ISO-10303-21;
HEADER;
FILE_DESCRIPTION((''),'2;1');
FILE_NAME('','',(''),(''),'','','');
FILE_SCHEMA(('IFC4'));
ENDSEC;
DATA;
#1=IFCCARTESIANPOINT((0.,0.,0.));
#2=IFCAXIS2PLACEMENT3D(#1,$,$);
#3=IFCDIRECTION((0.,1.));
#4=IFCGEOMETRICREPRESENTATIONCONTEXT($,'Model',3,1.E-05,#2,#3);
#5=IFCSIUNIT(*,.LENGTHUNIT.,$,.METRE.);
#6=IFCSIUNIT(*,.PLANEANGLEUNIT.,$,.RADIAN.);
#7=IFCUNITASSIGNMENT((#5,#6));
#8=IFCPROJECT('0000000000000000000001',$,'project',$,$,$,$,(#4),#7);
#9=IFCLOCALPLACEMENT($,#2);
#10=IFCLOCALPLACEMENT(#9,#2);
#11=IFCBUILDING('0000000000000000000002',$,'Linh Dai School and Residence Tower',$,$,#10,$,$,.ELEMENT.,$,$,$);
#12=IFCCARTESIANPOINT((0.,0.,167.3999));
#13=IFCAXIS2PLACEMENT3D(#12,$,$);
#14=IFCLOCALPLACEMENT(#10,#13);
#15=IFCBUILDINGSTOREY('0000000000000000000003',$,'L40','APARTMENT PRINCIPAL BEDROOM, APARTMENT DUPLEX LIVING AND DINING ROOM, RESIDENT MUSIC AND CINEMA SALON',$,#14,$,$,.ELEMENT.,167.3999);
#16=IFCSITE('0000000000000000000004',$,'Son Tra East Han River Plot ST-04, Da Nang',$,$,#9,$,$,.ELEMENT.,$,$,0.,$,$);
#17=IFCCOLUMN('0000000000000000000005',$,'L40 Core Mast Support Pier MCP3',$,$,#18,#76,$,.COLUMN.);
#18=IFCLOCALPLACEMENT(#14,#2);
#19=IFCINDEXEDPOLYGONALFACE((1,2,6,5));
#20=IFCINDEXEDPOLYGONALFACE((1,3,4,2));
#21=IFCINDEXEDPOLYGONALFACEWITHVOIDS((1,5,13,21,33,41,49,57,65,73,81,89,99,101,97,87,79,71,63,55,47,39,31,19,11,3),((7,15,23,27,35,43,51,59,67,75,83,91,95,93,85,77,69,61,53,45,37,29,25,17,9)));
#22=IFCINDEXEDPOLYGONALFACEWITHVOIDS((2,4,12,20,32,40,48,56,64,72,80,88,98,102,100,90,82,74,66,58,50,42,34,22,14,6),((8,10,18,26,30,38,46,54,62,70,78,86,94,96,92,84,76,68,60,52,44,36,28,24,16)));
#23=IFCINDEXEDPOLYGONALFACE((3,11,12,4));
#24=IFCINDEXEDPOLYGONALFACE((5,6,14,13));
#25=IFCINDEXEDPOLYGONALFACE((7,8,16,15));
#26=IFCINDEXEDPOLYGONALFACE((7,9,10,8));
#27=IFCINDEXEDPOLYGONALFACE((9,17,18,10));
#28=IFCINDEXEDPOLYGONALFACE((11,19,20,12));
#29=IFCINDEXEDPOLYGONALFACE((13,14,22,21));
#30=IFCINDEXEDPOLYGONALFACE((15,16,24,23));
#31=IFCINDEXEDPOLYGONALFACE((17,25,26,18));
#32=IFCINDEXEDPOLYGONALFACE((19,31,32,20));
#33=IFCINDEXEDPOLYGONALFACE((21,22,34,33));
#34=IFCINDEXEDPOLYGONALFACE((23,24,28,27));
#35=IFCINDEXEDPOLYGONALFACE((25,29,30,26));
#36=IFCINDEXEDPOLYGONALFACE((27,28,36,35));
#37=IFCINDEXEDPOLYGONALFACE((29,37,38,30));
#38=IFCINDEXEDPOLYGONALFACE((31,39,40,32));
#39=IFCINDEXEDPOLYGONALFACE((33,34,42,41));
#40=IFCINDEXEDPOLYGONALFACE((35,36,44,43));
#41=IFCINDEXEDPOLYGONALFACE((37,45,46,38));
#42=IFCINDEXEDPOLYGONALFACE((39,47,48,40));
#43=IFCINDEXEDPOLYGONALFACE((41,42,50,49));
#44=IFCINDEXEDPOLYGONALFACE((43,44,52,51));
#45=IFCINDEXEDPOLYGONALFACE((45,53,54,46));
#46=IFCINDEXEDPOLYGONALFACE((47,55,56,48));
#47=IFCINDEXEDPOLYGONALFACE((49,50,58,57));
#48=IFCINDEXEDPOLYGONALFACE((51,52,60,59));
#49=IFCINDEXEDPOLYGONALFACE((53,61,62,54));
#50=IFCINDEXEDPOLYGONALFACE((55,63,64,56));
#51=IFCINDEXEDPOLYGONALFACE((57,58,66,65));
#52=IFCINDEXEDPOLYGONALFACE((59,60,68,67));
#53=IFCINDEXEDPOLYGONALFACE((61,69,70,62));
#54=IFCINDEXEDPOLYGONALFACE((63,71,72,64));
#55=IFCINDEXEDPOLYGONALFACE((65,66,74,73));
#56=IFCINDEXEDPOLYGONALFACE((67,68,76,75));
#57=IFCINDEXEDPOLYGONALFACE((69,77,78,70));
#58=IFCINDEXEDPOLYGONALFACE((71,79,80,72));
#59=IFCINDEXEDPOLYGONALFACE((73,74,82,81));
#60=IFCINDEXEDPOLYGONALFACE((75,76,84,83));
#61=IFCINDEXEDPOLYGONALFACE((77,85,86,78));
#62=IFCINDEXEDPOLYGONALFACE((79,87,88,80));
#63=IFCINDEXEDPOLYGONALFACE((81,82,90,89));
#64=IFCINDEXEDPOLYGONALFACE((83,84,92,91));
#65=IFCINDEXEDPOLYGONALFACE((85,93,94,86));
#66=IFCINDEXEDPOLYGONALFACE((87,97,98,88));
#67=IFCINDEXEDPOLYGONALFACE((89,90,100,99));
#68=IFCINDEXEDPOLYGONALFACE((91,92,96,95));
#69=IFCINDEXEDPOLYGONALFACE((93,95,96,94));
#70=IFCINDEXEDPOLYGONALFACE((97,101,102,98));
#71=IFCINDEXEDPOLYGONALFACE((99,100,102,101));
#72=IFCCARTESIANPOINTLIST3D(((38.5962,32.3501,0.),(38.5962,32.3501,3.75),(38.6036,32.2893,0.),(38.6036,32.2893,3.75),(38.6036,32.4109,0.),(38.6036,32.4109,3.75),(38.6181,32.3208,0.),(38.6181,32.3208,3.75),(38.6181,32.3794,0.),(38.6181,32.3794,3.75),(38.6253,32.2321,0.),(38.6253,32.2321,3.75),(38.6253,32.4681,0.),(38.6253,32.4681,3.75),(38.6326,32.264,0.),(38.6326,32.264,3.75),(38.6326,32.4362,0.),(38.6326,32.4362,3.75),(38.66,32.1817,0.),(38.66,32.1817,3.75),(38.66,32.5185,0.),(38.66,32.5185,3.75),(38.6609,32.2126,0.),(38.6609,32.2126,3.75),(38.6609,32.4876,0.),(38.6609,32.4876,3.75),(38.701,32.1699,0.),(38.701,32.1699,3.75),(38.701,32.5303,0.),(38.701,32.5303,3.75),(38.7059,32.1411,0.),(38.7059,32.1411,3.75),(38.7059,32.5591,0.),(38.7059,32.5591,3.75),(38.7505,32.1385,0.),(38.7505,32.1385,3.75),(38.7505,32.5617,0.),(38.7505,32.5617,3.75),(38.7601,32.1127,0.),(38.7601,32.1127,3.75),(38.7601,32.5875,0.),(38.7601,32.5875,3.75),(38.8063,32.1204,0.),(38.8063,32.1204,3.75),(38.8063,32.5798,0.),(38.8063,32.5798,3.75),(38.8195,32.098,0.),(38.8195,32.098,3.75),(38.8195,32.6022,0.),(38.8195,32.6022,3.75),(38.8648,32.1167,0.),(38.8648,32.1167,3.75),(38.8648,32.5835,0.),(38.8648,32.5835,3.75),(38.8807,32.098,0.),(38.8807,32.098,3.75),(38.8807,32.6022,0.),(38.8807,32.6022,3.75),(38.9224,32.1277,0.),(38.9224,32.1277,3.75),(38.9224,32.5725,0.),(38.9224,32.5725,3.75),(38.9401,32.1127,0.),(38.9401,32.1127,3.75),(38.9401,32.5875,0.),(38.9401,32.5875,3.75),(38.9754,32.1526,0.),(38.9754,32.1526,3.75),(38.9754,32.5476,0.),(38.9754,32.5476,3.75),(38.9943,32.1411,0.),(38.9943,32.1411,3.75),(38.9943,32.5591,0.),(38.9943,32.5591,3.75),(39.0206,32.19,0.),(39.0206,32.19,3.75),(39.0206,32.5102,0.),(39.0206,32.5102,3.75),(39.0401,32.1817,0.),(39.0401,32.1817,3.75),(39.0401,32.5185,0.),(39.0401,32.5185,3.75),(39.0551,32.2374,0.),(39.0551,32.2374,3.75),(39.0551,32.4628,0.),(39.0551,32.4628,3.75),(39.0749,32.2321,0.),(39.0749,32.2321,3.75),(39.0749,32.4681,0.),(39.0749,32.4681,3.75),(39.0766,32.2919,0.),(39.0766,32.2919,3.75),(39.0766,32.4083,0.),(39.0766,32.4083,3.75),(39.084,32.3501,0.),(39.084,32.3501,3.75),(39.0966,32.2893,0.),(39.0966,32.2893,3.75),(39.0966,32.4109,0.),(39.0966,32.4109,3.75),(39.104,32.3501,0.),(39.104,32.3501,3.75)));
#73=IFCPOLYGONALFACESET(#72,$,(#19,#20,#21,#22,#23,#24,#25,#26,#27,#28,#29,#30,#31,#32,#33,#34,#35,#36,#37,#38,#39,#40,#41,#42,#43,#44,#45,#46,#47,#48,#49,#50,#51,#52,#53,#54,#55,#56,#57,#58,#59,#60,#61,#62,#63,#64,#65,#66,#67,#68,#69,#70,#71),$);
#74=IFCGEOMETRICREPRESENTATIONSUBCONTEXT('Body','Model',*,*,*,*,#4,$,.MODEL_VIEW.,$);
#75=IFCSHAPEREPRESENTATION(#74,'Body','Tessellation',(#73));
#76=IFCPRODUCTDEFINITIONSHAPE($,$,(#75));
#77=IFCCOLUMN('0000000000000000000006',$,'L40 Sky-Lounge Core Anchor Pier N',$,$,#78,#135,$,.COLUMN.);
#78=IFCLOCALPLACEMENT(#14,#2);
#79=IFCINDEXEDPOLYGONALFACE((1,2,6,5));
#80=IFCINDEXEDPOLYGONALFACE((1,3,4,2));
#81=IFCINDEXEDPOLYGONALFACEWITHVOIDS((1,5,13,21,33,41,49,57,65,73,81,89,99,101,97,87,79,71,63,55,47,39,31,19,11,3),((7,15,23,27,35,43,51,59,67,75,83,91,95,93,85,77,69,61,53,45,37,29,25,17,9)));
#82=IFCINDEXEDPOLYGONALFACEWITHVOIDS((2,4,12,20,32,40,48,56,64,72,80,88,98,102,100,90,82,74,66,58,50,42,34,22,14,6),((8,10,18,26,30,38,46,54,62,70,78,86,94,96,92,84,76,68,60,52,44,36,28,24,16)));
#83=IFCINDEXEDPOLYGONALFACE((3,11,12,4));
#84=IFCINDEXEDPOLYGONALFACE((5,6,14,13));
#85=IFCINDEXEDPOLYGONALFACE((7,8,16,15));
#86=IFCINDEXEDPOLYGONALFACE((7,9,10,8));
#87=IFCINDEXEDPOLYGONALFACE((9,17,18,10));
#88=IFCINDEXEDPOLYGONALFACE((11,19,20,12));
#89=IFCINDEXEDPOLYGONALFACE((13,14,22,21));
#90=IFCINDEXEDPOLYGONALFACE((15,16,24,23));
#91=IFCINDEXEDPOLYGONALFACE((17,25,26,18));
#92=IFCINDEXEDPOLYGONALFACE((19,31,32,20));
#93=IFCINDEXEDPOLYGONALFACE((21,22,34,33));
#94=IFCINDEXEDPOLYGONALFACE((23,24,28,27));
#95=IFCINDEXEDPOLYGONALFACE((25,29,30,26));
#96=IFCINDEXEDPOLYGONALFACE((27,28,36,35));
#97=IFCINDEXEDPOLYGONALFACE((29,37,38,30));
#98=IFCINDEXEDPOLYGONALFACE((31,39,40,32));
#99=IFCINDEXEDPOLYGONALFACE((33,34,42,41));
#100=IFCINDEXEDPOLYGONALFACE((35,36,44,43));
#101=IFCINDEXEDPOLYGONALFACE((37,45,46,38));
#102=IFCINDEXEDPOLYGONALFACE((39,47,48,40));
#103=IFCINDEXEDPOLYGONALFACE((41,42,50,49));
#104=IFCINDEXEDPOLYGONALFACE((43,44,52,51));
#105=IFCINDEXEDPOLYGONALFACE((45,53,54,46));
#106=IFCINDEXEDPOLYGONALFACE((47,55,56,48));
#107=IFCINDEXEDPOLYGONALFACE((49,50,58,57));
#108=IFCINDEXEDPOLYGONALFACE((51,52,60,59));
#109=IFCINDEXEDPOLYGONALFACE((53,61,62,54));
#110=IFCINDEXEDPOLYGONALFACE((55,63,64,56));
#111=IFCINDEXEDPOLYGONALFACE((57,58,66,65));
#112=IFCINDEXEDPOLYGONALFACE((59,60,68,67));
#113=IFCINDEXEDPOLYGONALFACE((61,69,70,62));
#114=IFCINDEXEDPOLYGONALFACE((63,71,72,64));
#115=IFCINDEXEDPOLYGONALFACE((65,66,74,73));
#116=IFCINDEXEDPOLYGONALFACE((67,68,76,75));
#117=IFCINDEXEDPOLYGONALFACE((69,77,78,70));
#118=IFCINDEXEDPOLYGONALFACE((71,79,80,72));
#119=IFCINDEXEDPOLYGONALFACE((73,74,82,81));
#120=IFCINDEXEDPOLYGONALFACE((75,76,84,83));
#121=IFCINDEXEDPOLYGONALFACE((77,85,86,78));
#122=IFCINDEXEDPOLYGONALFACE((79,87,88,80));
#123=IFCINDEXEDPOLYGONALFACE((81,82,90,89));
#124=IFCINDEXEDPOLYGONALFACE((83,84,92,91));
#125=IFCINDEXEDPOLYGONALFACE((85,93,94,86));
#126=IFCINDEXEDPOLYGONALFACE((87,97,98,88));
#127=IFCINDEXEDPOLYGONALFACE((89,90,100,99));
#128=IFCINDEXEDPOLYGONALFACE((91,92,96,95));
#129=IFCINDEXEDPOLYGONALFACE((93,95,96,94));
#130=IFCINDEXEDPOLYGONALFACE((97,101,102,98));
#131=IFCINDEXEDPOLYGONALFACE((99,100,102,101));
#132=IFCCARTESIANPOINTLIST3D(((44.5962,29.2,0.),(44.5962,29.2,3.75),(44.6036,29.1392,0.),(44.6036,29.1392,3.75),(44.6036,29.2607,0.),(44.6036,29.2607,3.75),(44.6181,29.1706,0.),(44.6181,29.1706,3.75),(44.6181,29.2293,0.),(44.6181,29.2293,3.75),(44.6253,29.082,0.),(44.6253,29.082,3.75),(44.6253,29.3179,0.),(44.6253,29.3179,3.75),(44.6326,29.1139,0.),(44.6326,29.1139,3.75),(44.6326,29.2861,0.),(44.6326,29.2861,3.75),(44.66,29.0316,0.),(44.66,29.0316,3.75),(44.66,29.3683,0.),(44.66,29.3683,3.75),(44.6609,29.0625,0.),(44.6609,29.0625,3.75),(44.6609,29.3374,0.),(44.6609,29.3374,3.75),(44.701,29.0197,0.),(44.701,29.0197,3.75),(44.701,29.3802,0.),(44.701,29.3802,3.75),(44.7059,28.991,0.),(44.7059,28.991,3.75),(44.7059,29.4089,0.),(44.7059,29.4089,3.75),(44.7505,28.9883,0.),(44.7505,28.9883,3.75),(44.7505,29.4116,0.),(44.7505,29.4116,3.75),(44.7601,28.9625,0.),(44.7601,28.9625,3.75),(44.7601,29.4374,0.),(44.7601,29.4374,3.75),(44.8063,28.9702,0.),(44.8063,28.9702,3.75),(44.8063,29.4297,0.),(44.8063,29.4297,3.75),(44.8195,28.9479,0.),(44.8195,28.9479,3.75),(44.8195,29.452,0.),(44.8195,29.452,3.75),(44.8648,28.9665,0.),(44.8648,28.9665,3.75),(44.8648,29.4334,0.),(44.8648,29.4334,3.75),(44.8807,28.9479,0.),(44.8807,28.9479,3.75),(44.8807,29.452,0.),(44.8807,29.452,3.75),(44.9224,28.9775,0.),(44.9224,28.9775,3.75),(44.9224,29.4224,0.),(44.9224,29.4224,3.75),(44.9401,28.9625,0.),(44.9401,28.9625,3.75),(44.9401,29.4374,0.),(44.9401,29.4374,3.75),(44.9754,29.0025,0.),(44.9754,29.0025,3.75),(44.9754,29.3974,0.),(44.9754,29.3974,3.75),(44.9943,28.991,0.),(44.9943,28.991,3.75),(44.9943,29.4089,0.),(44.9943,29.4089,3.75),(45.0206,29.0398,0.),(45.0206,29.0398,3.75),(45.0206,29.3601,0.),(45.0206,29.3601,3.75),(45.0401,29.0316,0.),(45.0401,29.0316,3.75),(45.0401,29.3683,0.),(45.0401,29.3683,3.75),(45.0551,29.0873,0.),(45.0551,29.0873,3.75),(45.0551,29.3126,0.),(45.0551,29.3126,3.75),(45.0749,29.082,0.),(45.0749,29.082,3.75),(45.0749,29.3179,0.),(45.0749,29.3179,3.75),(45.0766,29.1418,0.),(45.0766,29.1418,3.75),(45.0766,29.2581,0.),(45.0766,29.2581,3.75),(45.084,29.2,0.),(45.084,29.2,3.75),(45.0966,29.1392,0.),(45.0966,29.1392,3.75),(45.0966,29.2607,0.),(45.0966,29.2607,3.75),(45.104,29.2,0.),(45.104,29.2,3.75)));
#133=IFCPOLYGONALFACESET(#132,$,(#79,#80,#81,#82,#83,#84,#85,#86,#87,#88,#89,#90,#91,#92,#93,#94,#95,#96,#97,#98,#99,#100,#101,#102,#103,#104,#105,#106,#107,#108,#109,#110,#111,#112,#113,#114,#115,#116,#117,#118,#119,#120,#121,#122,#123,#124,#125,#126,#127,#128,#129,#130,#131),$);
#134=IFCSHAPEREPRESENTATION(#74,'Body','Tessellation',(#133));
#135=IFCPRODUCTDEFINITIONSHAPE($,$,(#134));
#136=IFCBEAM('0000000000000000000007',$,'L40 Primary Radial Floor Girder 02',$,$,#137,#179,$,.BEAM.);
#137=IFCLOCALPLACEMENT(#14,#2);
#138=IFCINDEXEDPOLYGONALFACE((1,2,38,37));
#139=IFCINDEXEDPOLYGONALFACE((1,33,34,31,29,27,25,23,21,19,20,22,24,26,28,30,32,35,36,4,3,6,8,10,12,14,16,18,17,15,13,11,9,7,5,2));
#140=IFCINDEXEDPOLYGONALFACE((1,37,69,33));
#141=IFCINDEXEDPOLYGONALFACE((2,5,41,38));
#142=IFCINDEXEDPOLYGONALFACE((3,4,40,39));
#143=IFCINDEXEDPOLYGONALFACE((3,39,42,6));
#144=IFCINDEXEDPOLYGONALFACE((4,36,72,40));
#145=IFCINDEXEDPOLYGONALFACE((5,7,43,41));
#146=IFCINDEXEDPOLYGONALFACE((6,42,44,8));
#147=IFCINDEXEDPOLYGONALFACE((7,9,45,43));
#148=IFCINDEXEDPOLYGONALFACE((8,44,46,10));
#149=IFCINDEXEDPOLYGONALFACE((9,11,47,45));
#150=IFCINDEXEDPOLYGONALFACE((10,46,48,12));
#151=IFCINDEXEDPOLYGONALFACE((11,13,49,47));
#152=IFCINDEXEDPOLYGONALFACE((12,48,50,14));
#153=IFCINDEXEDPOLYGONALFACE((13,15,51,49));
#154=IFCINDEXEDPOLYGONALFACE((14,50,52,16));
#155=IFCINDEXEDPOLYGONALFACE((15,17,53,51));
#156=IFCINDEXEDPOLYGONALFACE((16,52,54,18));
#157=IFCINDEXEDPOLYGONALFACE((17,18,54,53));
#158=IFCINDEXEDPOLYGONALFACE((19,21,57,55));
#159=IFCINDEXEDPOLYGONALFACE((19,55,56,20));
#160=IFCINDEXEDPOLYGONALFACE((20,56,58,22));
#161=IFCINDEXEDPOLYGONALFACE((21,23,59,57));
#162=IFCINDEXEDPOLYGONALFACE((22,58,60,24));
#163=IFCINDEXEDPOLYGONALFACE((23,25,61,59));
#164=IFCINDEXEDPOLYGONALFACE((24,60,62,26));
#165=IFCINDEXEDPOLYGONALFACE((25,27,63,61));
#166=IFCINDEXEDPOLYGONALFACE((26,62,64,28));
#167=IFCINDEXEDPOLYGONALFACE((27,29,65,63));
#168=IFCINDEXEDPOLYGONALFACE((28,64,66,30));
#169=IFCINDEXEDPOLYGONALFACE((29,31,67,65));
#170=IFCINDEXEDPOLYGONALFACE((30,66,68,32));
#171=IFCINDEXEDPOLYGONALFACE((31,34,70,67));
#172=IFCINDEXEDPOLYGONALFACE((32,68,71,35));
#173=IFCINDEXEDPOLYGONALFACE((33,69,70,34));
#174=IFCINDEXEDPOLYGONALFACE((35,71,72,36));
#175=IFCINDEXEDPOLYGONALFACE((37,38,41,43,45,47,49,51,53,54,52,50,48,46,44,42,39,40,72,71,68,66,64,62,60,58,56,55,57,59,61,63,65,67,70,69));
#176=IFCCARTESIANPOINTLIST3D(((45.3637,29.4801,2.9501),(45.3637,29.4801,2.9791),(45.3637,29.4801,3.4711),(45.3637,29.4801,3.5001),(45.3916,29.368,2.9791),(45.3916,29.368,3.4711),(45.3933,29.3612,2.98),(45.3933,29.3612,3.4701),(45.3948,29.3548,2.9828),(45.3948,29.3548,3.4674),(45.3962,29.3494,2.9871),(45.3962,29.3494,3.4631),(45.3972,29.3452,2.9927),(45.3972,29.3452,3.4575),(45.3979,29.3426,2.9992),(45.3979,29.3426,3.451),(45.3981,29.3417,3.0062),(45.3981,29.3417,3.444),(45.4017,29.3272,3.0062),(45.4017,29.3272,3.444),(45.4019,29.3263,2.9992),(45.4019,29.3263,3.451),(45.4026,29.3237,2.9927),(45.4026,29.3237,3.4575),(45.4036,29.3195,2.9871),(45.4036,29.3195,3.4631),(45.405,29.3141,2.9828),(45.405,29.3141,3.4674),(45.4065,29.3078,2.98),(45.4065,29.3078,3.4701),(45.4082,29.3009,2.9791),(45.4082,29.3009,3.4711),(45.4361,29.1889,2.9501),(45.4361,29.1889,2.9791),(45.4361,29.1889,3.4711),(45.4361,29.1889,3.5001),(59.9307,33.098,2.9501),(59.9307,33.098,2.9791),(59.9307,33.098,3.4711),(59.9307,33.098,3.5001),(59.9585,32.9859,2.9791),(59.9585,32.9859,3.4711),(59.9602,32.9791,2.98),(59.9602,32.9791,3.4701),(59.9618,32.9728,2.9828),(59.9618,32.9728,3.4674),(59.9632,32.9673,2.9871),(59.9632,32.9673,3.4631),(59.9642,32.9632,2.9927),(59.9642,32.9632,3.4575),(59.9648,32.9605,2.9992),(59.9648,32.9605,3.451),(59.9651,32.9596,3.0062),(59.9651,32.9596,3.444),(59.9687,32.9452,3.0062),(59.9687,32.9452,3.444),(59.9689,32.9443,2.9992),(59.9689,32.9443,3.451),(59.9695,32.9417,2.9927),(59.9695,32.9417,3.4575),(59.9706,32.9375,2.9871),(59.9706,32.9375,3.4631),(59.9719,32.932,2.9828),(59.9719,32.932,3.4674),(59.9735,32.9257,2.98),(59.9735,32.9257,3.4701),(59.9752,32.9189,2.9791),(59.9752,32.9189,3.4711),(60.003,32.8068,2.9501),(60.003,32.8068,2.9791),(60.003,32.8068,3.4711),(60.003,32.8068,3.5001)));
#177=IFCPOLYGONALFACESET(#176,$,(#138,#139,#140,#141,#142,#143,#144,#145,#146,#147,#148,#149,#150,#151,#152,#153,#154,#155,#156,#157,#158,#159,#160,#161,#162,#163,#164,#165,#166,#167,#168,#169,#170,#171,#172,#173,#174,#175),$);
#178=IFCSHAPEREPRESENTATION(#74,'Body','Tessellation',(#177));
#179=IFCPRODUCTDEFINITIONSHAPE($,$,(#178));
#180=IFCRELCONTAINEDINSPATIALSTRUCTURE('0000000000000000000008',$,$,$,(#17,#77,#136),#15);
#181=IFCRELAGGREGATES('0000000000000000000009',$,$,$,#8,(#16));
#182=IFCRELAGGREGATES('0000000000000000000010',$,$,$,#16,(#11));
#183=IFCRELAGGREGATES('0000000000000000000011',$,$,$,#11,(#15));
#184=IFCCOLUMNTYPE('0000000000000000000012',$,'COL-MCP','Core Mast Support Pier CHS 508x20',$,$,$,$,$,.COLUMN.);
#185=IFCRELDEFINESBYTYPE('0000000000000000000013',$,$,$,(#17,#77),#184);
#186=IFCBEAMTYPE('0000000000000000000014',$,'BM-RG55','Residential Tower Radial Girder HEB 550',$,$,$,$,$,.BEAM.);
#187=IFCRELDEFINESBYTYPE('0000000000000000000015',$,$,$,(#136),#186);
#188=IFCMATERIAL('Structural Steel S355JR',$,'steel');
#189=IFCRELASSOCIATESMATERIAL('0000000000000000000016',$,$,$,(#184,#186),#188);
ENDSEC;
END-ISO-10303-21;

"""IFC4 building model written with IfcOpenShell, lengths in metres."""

from ifc_helpers import new_model, si_unit, direction, frame, origin, origin_2d, place, context, subcontext, project, spatial, hollow_circle, i_section, extrude, material, material_profile, profile_set, type_object, element, save


model = new_model("IFC4")

# Units and contexts
model_context = context("Model", 3, precision=1e-05, world=origin(), true_north=direction((0.0, 1.0)))
body_context = subcontext(model_context, "Body", "Model", "MODEL_VIEW")
ifc_project = project(units=[si_unit("LENGTHUNIT", "METRE"), si_unit("PLANEANGLEUNIT", "RADIAN")], contexts=[model_context])

# Site, building, storey
site_placement = place(None, origin())
site = spatial("IfcSite", under=ifc_project, at=site_placement, Name="Son Tra East Han River Plot ST-04, Da Nang", CompositionType="ELEMENT", RefElevation=0.0)
building_placement = place(site_placement, origin())
building = spatial("IfcBuilding", under=site, at=building_placement, Name="Linh Dai School and Residence Tower", CompositionType="ELEMENT")
storey_placement = place(building_placement, frame((0.0, 0.0, 167.3999)))
storey = spatial("IfcBuildingStorey", under=building, at=storey_placement, Name="L40", Description="APARTMENT PRINCIPAL BEDROOM, APARTMENT DUPLEX LIVING AND DINING ROOM, RESIDENT MUSIC AND CINEMA SALON", CompositionType="ELEMENT", Elevation=167.3999)

# Columns
ifc_material_1 = material(Name="Structural Steel S355JR", Category="steel")
ifc_material_profile_1 = material_profile(ifc_material_1, hollow_circle(Radius=0.2539, WallThickness=0.02, at=origin_2d()), Name="CHS 508x20")
ifc_profile_set_1 = profile_set([ifc_material_profile_1], Name="Structural Steel S355JR")
column_type_1 = type_object("IfcColumnType", Name="COL-MCP", Description="Core Mast Support Pier CHS 508x20", PredefinedType="COLUMN", material=ifc_profile_set_1)
for number, where, z_axis, x_axis, name in (
    (1, (38.8501, 32.3501, 0.0), (0.0, 0.0, 1.0), (1.0, 0.0, 0.0), "L40 Core Mast Support Pier MCP3"),
    (2, (44.8501, 29.2, 0.0), (0.0, 0.0, 1.0), (1.0, 0.0, 0.0), "L40 Sky-Lounge Core Anchor Pier N"),
):
    element("IfcColumn", number, at=place(storey_placement, frame(where, z_axis=z_axis, x_axis=x_axis)), inside=storey, type_object=column_type_1, Name=name, PredefinedType="COLUMN", context=body_context, shape_type="SweptSolid", body=[
        extrude(hollow_circle(Radius=0.2539, WallThickness=0.02, at=origin_2d()), origin(), (0.0, 0.0, 1.0), 3.75),
    ])

# Beam
ifc_material_profile_2 = material_profile(ifc_material_1, i_section(OverallWidth=0.3, OverallDepth=0.55, WebThickness=0.0149, FlangeThickness=0.0291, FilletRadius=0.0271, at=origin_2d()), Name="HEB 550")
ifc_profile_set_2 = profile_set([ifc_material_profile_2], Name="Structural Steel S355JR")
beam_type_1 = type_object("IfcBeamType", Name="BM-RG55", Description="Residential Tower Radial Girder HEB 550", PredefinedType="BEAM", material=ifc_profile_set_2)
beam_1_placement = place(storey_placement, frame((45.3999, 29.3345, 3.2251), z_axis=(0.970515, 0.241043, 0.0), x_axis=(-0.241043, 0.970515, 0.0)))
element("IfcBeam", 3, at=beam_1_placement, inside=storey, type_object=beam_type_1, Name="L40 Primary Radial Floor Girder 02", PredefinedType="BEAM", context=body_context, shape_type="SweptSolid", body=[
    extrude(i_section(OverallWidth=0.3, OverallDepth=0.55, WebThickness=0.0149, FlangeThickness=0.0291, FilletRadius=0.0271, at=origin_2d()), origin(), (0.0, 0.0, 1.0), 15.0095),
])

save(model, "model.ifc")
